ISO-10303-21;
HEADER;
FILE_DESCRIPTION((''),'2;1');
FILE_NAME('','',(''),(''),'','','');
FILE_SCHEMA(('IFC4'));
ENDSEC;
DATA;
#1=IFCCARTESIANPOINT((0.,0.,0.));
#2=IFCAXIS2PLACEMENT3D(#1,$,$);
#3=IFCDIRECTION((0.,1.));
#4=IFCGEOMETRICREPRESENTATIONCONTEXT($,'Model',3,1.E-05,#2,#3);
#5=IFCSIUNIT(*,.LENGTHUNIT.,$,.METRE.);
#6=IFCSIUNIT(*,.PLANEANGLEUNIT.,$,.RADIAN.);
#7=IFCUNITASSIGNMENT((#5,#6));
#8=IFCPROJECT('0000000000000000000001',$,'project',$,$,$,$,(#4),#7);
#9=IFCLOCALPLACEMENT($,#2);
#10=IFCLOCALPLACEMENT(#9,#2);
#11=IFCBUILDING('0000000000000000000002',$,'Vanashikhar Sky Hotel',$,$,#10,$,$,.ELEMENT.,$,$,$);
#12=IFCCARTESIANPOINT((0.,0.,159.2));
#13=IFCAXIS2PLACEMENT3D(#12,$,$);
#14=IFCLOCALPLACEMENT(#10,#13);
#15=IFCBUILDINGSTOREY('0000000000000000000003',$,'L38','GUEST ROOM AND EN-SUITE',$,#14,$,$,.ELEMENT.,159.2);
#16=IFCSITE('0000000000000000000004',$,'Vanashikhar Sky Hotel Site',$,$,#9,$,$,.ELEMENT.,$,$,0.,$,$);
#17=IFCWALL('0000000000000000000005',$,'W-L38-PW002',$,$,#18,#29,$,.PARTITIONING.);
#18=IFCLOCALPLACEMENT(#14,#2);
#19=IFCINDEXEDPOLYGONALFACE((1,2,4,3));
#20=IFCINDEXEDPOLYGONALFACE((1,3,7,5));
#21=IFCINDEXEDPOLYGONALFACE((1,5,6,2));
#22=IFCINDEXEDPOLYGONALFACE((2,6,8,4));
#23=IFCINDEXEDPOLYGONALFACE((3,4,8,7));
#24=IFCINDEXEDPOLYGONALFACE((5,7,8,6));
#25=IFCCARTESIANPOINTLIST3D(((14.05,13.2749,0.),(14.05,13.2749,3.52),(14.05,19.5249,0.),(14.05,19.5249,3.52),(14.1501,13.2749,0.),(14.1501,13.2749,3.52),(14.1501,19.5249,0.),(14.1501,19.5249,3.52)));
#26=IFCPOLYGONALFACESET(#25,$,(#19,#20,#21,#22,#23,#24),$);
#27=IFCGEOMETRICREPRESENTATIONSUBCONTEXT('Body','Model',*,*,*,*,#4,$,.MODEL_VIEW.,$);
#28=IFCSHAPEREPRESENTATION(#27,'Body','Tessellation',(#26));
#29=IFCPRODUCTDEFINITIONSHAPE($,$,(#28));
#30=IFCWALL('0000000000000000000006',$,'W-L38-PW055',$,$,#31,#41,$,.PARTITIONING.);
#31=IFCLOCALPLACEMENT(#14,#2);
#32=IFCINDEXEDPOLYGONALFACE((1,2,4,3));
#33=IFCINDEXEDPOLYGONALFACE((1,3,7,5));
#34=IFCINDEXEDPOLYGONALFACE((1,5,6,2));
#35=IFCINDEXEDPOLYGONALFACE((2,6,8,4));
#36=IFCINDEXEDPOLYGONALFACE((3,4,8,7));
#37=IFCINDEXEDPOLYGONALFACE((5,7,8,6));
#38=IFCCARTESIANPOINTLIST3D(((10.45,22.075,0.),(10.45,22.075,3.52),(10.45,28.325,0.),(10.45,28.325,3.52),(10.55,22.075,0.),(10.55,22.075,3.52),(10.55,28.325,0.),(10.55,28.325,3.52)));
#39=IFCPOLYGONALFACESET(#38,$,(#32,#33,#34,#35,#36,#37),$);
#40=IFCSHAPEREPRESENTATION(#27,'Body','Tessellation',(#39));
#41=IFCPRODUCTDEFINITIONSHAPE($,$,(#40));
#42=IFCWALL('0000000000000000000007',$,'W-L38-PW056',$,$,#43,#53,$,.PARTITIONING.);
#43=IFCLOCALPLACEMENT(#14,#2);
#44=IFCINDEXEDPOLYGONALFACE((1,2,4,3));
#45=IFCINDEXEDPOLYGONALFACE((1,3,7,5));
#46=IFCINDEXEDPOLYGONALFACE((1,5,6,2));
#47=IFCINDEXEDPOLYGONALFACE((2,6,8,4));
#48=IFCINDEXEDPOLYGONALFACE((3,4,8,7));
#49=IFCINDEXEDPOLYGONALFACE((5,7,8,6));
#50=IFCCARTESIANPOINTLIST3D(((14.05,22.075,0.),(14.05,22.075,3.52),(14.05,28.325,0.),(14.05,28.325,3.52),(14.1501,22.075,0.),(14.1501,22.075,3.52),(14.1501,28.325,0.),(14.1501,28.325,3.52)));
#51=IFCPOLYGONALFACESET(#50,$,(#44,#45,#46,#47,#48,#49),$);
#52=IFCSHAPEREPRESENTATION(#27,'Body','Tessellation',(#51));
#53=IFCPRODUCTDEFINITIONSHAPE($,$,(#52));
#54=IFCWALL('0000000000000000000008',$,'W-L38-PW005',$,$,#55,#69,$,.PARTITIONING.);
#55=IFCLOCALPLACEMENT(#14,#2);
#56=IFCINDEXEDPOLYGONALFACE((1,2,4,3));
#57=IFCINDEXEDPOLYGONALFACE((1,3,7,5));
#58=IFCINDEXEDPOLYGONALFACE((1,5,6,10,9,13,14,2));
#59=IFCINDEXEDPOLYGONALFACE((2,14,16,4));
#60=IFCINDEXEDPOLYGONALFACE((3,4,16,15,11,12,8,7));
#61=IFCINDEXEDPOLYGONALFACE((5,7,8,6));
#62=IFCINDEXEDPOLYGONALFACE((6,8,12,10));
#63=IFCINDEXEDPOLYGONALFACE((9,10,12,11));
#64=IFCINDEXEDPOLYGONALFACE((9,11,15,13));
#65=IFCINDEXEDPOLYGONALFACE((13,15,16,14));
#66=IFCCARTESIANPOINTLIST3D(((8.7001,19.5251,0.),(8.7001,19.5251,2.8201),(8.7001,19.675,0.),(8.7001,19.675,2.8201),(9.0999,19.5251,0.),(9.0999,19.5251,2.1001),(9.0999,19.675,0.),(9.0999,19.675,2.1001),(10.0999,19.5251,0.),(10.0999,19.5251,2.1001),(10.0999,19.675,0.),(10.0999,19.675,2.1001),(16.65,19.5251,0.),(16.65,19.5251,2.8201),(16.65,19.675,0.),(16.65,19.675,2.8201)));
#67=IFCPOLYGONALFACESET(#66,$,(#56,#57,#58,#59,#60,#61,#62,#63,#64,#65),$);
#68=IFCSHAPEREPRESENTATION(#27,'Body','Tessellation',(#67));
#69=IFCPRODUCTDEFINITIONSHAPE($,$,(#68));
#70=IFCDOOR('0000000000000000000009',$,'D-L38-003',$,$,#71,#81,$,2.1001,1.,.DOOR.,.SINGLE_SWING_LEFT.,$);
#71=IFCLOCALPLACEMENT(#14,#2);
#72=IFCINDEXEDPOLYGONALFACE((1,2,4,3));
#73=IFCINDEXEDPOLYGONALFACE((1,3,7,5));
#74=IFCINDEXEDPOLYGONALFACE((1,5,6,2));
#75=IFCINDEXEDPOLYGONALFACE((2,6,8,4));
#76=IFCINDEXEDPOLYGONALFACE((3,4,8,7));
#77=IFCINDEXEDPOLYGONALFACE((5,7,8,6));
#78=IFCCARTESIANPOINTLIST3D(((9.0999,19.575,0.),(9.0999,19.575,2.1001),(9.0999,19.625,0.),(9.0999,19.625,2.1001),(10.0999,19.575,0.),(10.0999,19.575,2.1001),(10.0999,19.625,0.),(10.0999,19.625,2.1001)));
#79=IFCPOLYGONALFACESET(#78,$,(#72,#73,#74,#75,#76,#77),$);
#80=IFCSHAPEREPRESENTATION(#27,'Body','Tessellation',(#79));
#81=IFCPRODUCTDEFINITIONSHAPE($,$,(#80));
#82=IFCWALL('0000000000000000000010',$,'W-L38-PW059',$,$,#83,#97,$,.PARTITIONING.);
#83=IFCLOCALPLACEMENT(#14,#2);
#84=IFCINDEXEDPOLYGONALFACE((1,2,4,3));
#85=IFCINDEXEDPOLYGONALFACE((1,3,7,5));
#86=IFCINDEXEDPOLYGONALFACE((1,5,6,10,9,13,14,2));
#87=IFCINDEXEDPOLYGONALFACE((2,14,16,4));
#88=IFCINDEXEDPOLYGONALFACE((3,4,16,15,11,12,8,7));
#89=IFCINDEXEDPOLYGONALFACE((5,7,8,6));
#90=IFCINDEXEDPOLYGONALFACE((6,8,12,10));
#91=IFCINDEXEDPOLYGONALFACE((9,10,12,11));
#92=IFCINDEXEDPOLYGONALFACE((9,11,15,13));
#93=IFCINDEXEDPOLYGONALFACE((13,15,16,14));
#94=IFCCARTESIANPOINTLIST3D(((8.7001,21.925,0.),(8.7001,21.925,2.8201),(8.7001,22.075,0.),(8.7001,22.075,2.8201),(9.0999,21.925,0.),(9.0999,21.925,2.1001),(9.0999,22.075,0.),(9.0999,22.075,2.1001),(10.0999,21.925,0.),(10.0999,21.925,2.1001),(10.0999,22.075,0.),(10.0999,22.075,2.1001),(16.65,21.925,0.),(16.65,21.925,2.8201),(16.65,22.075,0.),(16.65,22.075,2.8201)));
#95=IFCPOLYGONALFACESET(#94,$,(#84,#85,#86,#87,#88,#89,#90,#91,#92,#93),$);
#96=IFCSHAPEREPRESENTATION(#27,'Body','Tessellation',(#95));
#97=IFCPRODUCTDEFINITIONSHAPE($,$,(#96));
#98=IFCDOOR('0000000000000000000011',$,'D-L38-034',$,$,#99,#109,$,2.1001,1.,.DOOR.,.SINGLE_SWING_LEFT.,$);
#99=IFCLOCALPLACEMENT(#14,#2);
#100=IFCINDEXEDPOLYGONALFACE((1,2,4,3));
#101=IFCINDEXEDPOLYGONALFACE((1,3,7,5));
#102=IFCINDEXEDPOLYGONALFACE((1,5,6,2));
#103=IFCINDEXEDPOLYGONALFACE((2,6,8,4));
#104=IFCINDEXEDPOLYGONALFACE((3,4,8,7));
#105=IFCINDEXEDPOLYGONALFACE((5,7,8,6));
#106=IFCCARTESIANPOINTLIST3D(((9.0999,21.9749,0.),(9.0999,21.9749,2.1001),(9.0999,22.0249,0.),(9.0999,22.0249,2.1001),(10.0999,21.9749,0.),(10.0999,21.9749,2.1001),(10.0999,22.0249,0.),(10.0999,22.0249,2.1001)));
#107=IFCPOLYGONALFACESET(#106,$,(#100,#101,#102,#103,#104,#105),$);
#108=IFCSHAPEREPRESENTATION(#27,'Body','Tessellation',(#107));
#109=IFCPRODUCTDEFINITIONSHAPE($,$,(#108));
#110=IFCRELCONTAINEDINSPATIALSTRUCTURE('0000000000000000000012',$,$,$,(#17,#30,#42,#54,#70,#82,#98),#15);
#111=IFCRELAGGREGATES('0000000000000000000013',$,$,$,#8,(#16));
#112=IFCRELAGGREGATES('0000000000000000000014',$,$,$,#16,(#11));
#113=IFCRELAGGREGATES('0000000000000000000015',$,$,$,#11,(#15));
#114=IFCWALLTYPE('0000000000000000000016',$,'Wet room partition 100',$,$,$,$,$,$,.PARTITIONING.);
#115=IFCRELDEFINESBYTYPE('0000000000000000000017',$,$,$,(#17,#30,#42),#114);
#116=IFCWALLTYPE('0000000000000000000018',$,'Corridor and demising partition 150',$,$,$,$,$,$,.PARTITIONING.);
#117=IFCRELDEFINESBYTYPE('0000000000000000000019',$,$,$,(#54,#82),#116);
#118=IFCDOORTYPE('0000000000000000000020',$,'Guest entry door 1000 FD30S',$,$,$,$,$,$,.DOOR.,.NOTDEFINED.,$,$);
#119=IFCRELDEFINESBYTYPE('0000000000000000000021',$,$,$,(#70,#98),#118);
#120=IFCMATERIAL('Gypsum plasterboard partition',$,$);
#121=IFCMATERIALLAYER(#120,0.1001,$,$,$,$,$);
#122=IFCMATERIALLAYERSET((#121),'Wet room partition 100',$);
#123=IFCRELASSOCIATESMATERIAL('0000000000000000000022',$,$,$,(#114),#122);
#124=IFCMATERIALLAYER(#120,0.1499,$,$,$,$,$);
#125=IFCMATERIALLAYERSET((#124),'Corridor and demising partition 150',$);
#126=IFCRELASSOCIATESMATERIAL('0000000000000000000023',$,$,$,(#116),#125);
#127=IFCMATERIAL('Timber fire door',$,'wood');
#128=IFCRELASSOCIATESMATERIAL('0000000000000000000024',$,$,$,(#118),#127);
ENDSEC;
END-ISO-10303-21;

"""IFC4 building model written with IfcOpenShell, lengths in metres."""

from ifc_helpers import new_model, si_unit, direction, frame, frame_2d, origin, place, context, subcontext, project, spatial, rectangle, extrude, source, transform, mapped, material, layer, layer_set, type_object, element, fill, save


model = new_model("IFC4")

# Units and contexts
model_context = context("Model", 3, precision=1e-05, world=origin(), true_north=direction((0.0, 1.0)))
body_context = subcontext(model_context, "Body", "Model", "MODEL_VIEW")
ifc_project = project(units=[si_unit("LENGTHUNIT", "METRE"), si_unit("PLANEANGLEUNIT", "RADIAN")], contexts=[model_context])

# Site, building, storey
site_placement = place(None, origin())
site = spatial("IfcSite", under=ifc_project, at=site_placement, Name="Vanashikhar Sky Hotel Site", CompositionType="ELEMENT", RefElevation=0.0)
building_placement = place(site_placement, origin())
building = spatial("IfcBuilding", under=site, at=building_placement, Name="Vanashikhar Sky Hotel", CompositionType="ELEMENT")
storey_placement = place(building_placement, frame((0.0, 0.0, 159.2)))
storey = spatial("IfcBuildingStorey", under=building, at=storey_placement, Name="L38", Description="GUEST ROOM AND EN-SUITE", CompositionType="ELEMENT", Elevation=159.2)

# Walls
ifc_material_1 = material(Name="Gypsum plasterboard partition")
ifc_layer_1 = layer(ifc_material_1, 0.1001)
ifc_layer_set_1 = layer_set([ifc_layer_1], Name="Wet room partition 100")
wall_type_1 = type_object("IfcWallType", Name="Wet room partition 100", PredefinedType="PARTITIONING", material=ifc_layer_set_1)
shared_shape_1 = source(origin(), body_context, "Body", "SweptSolid", [
    extrude(rectangle(XDim=6.25, YDim=0.1001, at=frame_2d((3.125, 0.0))), origin(), (0.0, 0.0, 1.0), 3.52),
])
for number, where, z_axis, x_axis, name in (
    (1, (14.1001, 13.2749, 0.0), (0.0, 0.0, 1.0), (0.0, 1.0, 0.0), "W-L38-PW002"),
    (2, (10.5, 22.075, 0.0), (0.0, 0.0, 1.0), (0.0, 1.0, 0.0), "W-L38-PW055"),
    (3, (14.1001, 22.075, 0.0), (0.0, 0.0, 1.0), (0.0, 1.0, 0.0), "W-L38-PW056"),
):
    element("IfcWall", number, at=place(storey_placement, frame(where, z_axis=z_axis, x_axis=x_axis)), inside=storey, type_object=wall_type_1, Name=name, PredefinedType="PARTITIONING", context=body_context, shape_type="MappedRepresentation", body=[
        mapped(shared_shape_1, transform((0.0, 0.0, 0.0), scale=1.0)),
    ])

# Walls, openings, doors
ifc_layer_2 = layer(ifc_material_1, 0.1499)
ifc_layer_set_2 = layer_set([ifc_layer_2], Name="Corridor and demising partition 150")
wall_type_2 = type_object("IfcWallType", Name="Corridor and demising partition 150", PredefinedType="PARTITIONING", material=ifc_layer_set_2)
shared_shape_2 = source(origin(), body_context, "Body", "SweptSolid", [
    extrude(rectangle(XDim=7.95, YDim=0.1499, at=frame_2d((3.9751, 0.0))), origin(), (0.0, 0.0, 1.0), 2.8201),
])
wall_1_placement = place(storey_placement, frame((8.7, 19.6001, 0.0), z_axis=(0.0, 0.0, 1.0), x_axis=(1.0, 0.0, 0.0)))
wall_1 = element("IfcWall", 4, at=wall_1_placement, inside=storey, type_object=wall_type_2, Name="W-L38-PW005", PredefinedType="PARTITIONING", context=body_context, shape_type="MappedRepresentation", body=[
    mapped(shared_shape_2, transform((0.0, 0.0, 0.0), scale=1.0)),
])
shared_shape_3 = source(origin(), body_context, "Body", "SweptSolid", [
    extrude(rectangle(XDim=1.0, YDim=2.1001, at=frame_2d((0.5, 1.05))), frame((0.0, 0.085, 0.0), z_axis=(0.0, -1.0, 0.0), x_axis=(1.0, 0.0, 0.0)), (0.0, 0.0, 1.0), 0.1699),
])
opening_1_placement = place(wall_1_placement, frame((0.3999, 0.0, 0.0)))
opening_1 = element("IfcOpeningElement", 5, at=opening_1_placement, cuts=wall_1, PredefinedType="OPENING", context=body_context, shape_type="MappedRepresentation", body=[
    mapped(shared_shape_3, transform((0.0, 0.0, 0.0), scale=1.0)),
])
ifc_material_2 = material(Name="Timber fire door", Category="wood")
door_type = type_object("IfcDoorType", Name="Guest entry door 1000 FD30S", OperationType="NOTDEFINED", PredefinedType="DOOR", material=ifc_material_2)
shared_shape_4 = source(origin(), body_context, "Body", "SweptSolid", [
    extrude(rectangle(XDim=1.0, YDim=2.1001, at=frame_2d((0.5, 1.05))), frame((0.0, 0.0249, 0.0), z_axis=(0.0, -1.0, 0.0), x_axis=(1.0, 0.0, 0.0)), (0.0, 0.0, 1.0), 0.05),
])
door_1_placement = place(opening_1_placement, origin())
door_1 = element("IfcDoor", 6, at=door_1_placement, inside=storey, type_object=door_type, Name="D-L38-003", OperationType="SINGLE_SWING_LEFT", OverallHeight=2.1001, OverallWidth=1.0, PredefinedType="DOOR", context=body_context, shape_type="MappedRepresentation", body=[
    mapped(shared_shape_4, transform((0.0, 0.0, 0.0), scale=1.0)),
])
fill(opening_1, door_1)
wall_2_placement = place(storey_placement, frame((8.7, 22.0, 0.0), z_axis=(0.0, 0.0, 1.0), x_axis=(1.0, 0.0, 0.0)))
wall_2 = element("IfcWall", 7, at=wall_2_placement, inside=storey, type_object=wall_type_2, Name="W-L38-PW059", PredefinedType="PARTITIONING", context=body_context, shape_type="MappedRepresentation", body=[
    mapped(shared_shape_2, transform((0.0, 0.0, 0.0), scale=1.0)),
])
opening_2_placement = place(wall_2_placement, frame((0.3999, 0.0, 0.0)))
opening_2 = element("IfcOpeningElement", 8, at=opening_2_placement, cuts=wall_2, PredefinedType="OPENING", context=body_context, shape_type="MappedRepresentation", body=[
    mapped(shared_shape_3, transform((0.0, 0.0, 0.0), scale=1.0)),
])
door_2_placement = place(opening_2_placement, origin())
door_2 = element("IfcDoor", 9, at=door_2_placement, inside=storey, type_object=door_type, Name="D-L38-034", OperationType="SINGLE_SWING_LEFT", OverallHeight=2.1001, OverallWidth=1.0, PredefinedType="DOOR", context=body_context, shape_type="MappedRepresentation", body=[
    mapped(shared_shape_4, transform((0.0, 0.0, 0.0), scale=1.0)),
])
fill(opening_2, door_2)

save(model, "model.ifc")
